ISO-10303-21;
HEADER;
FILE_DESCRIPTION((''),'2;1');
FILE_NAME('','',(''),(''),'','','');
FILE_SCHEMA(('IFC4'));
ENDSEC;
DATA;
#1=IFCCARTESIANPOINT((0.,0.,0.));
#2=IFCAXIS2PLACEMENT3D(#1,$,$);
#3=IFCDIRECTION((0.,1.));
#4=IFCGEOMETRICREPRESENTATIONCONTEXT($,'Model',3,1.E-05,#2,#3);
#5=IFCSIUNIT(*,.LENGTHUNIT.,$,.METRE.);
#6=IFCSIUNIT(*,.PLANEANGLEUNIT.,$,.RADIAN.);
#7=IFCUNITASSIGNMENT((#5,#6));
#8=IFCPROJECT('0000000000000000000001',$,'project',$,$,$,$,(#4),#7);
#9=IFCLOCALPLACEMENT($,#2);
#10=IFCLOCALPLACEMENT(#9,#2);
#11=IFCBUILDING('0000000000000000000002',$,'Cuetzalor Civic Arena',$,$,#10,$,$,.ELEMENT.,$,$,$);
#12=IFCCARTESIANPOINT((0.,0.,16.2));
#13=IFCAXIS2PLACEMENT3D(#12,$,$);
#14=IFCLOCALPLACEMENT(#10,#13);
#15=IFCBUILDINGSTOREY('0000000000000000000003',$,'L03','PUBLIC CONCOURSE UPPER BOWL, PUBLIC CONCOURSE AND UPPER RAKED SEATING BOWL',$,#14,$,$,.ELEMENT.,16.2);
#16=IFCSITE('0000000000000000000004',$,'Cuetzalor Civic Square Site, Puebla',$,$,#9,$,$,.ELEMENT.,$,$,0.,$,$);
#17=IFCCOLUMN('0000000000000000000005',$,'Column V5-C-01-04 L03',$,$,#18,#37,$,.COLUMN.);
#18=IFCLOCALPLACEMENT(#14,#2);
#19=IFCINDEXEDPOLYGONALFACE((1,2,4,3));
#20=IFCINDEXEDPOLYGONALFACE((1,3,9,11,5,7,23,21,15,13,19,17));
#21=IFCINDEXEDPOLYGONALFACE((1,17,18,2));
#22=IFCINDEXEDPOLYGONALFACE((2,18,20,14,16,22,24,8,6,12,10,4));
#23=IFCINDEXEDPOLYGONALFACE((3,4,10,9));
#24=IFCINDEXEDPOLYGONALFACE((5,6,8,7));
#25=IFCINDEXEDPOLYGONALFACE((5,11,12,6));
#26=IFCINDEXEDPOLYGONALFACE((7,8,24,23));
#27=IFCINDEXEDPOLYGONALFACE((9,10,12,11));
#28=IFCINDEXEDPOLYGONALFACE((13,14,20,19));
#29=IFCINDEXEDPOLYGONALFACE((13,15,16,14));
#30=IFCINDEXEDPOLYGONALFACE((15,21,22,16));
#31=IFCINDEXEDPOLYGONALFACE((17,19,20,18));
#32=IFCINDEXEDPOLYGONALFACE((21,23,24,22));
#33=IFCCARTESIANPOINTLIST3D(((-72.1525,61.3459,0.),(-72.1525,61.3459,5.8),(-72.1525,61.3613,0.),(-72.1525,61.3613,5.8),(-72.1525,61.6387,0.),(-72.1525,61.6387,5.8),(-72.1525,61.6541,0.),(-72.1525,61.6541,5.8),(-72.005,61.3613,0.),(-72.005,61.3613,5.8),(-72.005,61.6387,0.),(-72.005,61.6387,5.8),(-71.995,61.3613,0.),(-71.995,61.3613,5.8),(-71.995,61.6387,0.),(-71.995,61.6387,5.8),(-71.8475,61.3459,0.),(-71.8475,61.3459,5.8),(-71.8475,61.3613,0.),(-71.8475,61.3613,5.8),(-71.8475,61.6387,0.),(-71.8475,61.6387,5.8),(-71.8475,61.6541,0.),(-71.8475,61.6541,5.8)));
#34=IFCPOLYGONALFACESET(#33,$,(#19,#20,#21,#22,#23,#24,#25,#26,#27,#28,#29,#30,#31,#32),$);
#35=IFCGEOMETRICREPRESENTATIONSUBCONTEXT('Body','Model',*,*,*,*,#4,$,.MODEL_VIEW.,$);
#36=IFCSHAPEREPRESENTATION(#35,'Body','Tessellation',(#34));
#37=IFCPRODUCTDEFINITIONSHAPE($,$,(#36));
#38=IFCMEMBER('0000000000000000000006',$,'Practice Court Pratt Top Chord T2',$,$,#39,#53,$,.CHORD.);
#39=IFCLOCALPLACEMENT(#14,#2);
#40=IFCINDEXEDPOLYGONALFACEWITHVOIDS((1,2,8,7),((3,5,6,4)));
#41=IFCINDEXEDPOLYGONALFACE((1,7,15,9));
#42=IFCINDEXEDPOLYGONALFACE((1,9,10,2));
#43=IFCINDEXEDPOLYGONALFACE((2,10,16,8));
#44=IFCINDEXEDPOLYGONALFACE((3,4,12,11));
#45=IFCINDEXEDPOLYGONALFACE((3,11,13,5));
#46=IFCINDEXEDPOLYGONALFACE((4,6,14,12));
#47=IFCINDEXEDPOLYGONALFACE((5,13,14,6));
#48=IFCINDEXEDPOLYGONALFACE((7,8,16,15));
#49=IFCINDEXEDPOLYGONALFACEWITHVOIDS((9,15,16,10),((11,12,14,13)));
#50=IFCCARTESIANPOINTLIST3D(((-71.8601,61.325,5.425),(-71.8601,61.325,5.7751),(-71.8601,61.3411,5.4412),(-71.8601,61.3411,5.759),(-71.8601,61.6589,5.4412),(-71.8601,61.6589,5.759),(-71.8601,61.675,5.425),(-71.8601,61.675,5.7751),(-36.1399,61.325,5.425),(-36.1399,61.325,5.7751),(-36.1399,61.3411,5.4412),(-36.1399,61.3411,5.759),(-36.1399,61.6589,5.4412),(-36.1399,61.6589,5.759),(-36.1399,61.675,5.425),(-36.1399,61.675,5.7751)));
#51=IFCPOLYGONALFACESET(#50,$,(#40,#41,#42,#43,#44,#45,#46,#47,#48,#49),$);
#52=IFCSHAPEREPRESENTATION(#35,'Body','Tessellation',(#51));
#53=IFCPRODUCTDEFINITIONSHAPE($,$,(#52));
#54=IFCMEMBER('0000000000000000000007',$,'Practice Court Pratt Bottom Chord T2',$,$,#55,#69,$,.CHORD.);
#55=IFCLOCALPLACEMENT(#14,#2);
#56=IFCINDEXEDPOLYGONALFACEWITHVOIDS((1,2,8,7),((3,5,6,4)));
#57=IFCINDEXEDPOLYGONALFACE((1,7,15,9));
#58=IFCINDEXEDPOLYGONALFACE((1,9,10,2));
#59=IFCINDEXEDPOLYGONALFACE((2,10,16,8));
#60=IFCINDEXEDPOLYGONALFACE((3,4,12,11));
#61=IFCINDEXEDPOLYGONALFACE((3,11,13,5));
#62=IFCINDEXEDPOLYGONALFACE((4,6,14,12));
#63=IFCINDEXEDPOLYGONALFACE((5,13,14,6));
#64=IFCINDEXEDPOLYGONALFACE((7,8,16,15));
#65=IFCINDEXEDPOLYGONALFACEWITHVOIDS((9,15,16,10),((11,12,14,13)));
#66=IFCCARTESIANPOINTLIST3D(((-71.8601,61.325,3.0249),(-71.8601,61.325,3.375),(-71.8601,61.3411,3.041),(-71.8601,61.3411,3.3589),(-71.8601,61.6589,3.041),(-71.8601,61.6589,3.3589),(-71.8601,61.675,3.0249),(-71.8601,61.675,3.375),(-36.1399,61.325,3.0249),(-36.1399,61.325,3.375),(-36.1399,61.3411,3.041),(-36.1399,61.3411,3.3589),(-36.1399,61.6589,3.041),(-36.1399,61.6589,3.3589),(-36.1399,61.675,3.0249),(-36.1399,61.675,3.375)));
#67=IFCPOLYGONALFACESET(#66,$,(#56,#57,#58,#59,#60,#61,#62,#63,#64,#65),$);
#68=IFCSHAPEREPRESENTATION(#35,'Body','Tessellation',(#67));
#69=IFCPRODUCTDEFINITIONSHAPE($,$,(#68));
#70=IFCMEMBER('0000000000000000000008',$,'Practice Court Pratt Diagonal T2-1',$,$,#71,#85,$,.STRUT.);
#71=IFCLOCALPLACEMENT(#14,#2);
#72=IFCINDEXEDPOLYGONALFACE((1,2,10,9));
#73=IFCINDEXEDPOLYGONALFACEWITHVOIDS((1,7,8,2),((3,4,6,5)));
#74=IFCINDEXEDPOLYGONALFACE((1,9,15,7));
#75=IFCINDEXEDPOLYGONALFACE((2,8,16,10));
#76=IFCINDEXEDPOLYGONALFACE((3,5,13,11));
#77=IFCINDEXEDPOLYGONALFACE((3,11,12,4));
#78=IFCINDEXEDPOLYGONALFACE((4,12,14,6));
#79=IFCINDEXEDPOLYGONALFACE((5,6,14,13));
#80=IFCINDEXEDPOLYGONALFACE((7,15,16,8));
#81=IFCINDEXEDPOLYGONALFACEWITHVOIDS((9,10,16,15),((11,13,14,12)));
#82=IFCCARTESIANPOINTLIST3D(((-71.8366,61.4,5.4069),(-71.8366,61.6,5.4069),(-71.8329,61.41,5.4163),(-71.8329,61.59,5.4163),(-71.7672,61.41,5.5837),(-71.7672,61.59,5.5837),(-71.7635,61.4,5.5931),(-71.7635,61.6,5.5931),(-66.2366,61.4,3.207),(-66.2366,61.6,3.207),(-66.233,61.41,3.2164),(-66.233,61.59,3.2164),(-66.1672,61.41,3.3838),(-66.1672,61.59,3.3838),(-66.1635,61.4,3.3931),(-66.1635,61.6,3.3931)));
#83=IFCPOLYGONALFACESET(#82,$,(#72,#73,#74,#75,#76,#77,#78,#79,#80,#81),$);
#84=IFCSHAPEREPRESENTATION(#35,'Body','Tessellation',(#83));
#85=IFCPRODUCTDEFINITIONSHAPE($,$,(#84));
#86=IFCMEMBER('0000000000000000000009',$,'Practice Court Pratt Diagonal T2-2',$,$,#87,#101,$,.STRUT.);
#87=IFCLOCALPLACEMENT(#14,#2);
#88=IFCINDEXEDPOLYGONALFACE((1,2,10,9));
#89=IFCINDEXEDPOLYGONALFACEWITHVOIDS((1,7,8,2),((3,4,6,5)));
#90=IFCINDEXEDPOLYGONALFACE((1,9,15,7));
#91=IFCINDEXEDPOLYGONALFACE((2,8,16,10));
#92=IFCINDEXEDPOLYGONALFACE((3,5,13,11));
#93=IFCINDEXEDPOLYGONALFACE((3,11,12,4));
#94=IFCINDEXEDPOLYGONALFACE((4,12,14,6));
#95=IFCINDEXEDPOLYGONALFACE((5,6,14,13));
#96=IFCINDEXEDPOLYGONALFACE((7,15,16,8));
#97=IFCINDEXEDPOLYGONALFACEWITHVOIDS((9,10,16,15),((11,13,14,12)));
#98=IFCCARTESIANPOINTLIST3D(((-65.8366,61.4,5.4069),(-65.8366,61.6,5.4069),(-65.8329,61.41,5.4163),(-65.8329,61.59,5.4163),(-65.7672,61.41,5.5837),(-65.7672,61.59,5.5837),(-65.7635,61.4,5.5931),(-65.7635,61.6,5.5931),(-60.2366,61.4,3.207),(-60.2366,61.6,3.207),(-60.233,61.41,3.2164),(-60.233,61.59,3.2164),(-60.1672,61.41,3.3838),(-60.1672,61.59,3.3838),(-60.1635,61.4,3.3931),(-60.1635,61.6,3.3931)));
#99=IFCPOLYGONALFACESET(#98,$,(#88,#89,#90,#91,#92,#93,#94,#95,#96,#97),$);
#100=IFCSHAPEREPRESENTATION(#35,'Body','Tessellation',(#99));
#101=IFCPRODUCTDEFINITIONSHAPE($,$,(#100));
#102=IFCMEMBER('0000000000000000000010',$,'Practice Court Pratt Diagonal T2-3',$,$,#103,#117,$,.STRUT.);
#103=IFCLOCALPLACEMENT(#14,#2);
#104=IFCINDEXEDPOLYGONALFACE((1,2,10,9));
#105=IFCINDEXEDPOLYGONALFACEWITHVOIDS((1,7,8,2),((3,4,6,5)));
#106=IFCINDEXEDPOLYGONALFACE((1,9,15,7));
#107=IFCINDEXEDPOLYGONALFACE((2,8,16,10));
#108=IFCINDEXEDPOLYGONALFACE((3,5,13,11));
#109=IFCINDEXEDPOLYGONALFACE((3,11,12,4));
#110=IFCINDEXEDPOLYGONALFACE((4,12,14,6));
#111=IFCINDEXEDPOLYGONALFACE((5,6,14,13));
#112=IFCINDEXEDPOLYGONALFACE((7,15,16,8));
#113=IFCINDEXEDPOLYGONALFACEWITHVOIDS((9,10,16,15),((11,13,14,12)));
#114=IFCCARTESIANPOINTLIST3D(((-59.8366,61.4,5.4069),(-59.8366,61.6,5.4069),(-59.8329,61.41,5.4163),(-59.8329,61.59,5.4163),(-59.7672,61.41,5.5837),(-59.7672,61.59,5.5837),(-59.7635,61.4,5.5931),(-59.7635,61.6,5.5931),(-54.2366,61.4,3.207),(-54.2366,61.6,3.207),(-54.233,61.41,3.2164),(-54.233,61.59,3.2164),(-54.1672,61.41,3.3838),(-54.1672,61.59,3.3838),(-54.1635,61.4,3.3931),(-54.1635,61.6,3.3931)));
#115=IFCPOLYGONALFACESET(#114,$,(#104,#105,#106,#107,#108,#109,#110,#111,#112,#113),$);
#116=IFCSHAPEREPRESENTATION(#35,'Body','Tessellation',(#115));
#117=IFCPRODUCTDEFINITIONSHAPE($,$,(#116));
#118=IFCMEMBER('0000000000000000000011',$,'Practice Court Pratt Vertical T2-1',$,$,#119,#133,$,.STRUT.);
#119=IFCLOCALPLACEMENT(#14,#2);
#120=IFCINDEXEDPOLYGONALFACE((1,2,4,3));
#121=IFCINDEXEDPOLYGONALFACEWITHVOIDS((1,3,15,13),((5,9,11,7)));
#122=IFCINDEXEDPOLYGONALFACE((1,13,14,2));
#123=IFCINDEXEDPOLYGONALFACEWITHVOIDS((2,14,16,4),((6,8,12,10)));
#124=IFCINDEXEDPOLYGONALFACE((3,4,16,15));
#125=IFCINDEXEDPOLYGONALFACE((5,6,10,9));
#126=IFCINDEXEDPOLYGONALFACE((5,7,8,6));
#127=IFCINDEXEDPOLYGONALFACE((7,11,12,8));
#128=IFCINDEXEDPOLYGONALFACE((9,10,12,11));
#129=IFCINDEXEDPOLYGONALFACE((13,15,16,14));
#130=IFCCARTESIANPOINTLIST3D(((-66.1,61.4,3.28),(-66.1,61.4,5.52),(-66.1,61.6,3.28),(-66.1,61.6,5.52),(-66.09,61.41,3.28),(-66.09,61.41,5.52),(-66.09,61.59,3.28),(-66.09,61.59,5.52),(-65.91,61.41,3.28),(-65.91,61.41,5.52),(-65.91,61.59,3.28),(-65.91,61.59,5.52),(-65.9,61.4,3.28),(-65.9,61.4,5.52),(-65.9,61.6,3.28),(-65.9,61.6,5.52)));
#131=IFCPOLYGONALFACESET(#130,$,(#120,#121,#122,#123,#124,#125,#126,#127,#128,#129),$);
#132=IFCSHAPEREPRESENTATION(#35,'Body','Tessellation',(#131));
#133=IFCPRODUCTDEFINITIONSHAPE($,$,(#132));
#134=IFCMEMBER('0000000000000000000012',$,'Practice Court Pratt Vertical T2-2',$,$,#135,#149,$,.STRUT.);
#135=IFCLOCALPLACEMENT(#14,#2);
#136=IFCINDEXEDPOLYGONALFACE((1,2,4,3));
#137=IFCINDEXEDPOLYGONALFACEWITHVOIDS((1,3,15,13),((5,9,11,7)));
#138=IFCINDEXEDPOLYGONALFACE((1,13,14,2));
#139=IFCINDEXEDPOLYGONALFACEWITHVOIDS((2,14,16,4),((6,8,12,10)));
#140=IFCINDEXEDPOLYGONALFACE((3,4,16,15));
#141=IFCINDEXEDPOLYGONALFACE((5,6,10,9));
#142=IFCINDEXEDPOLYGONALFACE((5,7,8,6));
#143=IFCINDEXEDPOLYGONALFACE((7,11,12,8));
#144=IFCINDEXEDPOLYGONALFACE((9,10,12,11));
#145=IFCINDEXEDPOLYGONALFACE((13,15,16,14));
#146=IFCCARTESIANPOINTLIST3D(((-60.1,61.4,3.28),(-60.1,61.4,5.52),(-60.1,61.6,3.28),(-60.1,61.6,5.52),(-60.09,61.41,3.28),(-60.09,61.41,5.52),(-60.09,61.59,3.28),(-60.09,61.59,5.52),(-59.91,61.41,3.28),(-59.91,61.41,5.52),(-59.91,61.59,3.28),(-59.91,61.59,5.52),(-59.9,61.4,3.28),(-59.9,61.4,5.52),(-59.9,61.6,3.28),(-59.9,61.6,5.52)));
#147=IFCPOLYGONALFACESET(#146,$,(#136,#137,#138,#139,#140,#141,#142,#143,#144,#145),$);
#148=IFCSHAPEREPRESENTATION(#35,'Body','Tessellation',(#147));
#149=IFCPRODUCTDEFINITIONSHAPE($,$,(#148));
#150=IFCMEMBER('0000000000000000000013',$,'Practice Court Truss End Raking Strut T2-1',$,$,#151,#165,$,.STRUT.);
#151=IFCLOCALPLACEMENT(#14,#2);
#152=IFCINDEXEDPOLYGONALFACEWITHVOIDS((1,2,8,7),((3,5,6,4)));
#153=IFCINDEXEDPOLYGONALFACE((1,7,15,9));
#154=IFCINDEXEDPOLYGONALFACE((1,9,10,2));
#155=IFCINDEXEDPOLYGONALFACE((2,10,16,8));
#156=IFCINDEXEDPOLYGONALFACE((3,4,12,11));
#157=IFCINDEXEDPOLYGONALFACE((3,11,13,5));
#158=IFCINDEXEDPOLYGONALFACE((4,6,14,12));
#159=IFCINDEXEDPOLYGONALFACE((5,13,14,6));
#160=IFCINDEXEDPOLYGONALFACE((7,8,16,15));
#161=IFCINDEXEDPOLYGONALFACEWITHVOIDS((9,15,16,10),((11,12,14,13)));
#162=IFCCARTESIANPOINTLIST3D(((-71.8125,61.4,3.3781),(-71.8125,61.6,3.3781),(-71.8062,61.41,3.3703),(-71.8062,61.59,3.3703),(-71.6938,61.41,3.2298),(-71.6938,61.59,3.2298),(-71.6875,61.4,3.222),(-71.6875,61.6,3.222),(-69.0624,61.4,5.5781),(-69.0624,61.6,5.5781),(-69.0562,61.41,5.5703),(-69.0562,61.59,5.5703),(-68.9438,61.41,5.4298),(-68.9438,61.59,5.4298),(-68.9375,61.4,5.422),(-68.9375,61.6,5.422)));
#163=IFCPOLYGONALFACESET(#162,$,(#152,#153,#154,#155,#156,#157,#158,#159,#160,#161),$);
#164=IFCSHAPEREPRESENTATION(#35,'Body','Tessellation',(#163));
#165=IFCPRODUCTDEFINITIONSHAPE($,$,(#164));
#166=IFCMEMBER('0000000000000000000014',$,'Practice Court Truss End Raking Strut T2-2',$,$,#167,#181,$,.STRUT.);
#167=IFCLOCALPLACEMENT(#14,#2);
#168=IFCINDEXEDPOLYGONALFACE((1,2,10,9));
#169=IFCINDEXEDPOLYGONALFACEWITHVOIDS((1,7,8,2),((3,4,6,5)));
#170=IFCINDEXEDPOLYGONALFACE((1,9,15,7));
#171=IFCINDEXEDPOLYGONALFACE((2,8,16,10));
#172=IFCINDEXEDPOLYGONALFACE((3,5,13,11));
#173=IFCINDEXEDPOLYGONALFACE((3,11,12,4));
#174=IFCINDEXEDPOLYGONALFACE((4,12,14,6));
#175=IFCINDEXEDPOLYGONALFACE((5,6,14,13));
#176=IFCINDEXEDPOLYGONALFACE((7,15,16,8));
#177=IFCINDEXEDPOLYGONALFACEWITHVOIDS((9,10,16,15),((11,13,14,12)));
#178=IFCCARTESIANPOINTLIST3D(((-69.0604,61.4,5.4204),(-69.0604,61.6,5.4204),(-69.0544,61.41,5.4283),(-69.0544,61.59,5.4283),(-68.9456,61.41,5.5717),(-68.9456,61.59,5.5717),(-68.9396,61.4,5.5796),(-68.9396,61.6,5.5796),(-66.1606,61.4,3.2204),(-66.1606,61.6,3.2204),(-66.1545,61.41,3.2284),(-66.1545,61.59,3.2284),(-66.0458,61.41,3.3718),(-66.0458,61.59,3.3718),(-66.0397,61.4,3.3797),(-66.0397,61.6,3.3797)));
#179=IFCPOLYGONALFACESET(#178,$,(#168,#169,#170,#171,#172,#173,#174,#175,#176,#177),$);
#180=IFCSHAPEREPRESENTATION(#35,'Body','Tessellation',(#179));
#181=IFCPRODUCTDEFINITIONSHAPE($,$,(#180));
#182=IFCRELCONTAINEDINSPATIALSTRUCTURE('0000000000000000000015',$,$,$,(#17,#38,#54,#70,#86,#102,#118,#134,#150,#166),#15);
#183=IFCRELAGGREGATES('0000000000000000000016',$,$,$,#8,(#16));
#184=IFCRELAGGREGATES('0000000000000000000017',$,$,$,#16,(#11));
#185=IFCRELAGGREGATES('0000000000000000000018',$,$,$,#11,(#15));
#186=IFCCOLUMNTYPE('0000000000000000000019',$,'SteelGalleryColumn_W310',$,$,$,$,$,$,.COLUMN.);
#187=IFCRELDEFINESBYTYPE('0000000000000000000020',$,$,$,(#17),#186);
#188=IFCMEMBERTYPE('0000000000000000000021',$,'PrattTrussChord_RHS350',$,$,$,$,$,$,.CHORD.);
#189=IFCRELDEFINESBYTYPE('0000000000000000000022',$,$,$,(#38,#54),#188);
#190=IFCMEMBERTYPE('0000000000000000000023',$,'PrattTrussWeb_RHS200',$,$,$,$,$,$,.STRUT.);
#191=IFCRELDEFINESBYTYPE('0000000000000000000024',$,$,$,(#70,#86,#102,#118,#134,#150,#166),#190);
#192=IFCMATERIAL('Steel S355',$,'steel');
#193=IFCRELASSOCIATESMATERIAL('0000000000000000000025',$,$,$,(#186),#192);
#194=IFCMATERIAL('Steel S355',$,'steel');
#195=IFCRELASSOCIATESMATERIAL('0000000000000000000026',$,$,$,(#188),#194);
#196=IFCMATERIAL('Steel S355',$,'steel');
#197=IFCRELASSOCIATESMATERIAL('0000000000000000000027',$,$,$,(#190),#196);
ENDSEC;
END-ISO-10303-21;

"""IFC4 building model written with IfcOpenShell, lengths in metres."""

from ifc_helpers import new_model, si_unit, direction, frame, origin, origin_2d, place, context, subcontext, project, spatial, hollow_rectangle, i_section, extrude, material, material_profile, profile_set, type_object, element, save


model = new_model("IFC4")

# Units and contexts
model_context = context("Model", 3, precision=1e-05, world=origin(), true_north=direction((0.0, 1.0)))
body_context = subcontext(model_context, "Body", "Model", "MODEL_VIEW")
ifc_project = project(units=[si_unit("LENGTHUNIT", "METRE"), si_unit("PLANEANGLEUNIT", "RADIAN")], contexts=[model_context])

# Site, building, storey
site_placement = place(None, origin())
site = spatial("IfcSite", under=ifc_project, at=site_placement, Name="Cuetzalor Civic Square Site, Puebla", CompositionType="ELEMENT", RefElevation=0.0)
building_placement = place(site_placement, origin())
building = spatial("IfcBuilding", under=site, at=building_placement, Name="Cuetzalor Civic Arena", CompositionType="ELEMENT")
storey_placement = place(building_placement, frame((0.0, 0.0, 16.2)))
storey = spatial("IfcBuildingStorey", under=building, at=storey_placement, Name="L03", Description="PUBLIC CONCOURSE UPPER BOWL, PUBLIC CONCOURSE AND UPPER RAKED SEATING BOWL", CompositionType="ELEMENT", Elevation=16.2)

# Column
ifc_material_1 = material(Name="Steel S355", Category="steel")
ifc_material_profile_1 = material_profile(ifc_material_1, i_section(OverallWidth=0.3049, OverallDepth=0.3081, WebThickness=0.01, FlangeThickness=0.0154, at=origin_2d()), Name="W310x97")
ifc_profile_set_1 = profile_set([ifc_material_profile_1], Name="Steel S355")
column_type = type_object("IfcColumnType", Name="SteelGalleryColumn_W310", PredefinedType="COLUMN", material=ifc_profile_set_1)
column_placement = place(storey_placement, frame((-72.0, 61.5, 0.0), z_axis=(0.0, 0.0, 1.0), x_axis=(1.0, 0.0, 0.0)))
element("IfcColumn", 1, at=column_placement, inside=storey, type_object=column_type, Name="Column V5-C-01-04 L03", PredefinedType="COLUMN", context=body_context, shape_type="SweptSolid", body=[
    extrude(i_section(OverallWidth=0.3049, OverallDepth=0.3081, WebThickness=0.01, FlangeThickness=0.0154, at=origin_2d()), origin(), (0.0, 0.0, 1.0), 5.8),
])

# Members
ifc_material_2 = material(Name="Steel S355", Category="steel")
ifc_material_profile_2 = material_profile(ifc_material_2, hollow_rectangle(XDim=0.3501, YDim=0.3501, WallThickness=0.0161, at=origin_2d()), Name="RHS 350x350x16")
ifc_profile_set_2 = profile_set([ifc_material_profile_2], Name="Steel S355")
member_type_1 = type_object("IfcMemberType", Name="PrattTrussChord_RHS350", PredefinedType="CHORD", material=ifc_profile_set_2)
for number, where, z_axis, x_axis, name in (
    (2, (-71.8601, 61.5, 5.6001), (1.0, 0.0, 0.0), (0.0, 1.0, 0.0), "Practice Court Pratt Top Chord T2"),
    (3, (-71.8601, 61.5, 3.2), (1.0, 0.0, 0.0), (0.0, 1.0, 0.0), "Practice Court Pratt Bottom Chord T2"),
):
    element("IfcMember", number, at=place(storey_placement, frame(where, z_axis=z_axis, x_axis=x_axis)), inside=storey, type_object=member_type_1, Name=name, PredefinedType="CHORD", context=body_context, shape_type="SweptSolid", body=[
        extrude(hollow_rectangle(XDim=0.3501, YDim=0.3501, WallThickness=0.0161, at=origin_2d()), origin(), (0.0, 0.0, 1.0), 35.7202),
    ])
ifc_material_3 = material(Name="Steel S355", Category="steel")
ifc_material_profile_3 = material_profile(ifc_material_3, hollow_rectangle(XDim=0.2, YDim=0.2, WallThickness=0.01, at=origin_2d()), Name="RHS 200x200x10")
ifc_profile_set_3 = profile_set([ifc_material_profile_3], Name="Steel S355")
member_type_2 = type_object("IfcMemberType", Name="PrattTrussWeb_RHS200", PredefinedType="STRUT", material=ifc_profile_set_3)
for number, where, z_axis, x_axis, name in (
    (4, (-71.8, 61.5, 5.5), (0.930756, 0.0, -0.36564), (0.0, 1.0, 0.0), "Practice Court Pratt Diagonal T2-1"),
    (5, (-65.8, 61.5, 5.5), (0.930756, 0.0, -0.36564), (0.0, 1.0, 0.0), "Practice Court Pratt Diagonal T2-2"),
    (6, (-59.8, 61.5, 5.5), (0.930756, 0.0, -0.36564), (0.0, 1.0, 0.0), "Practice Court Pratt Diagonal T2-3"),
):
    element("IfcMember", number, at=place(storey_placement, frame(where, z_axis=z_axis, x_axis=x_axis)), inside=storey, type_object=member_type_2, Name=name, PredefinedType="STRUT", context=body_context, shape_type="SweptSolid", body=[
        extrude(hollow_rectangle(XDim=0.2, YDim=0.2, WallThickness=0.01, at=origin_2d()), origin(), (0.0, 0.0, 1.0), 6.0166),
    ])
for number, where, z_axis, x_axis, name in (
    (7, (-66.0, 61.5, 3.28), (0.0, 0.0, 1.0), (1.0, 0.0, 0.0), "Practice Court Pratt Vertical T2-1"),
    (8, (-60.0, 61.5, 3.28), (0.0, 0.0, 1.0), (1.0, 0.0, 0.0), "Practice Court Pratt Vertical T2-2"),
):
    element("IfcMember", number, at=place(storey_placement, frame(where, z_axis=z_axis, x_axis=x_axis)), inside=storey, type_object=member_type_2, Name=name, PredefinedType="STRUT", context=body_context, shape_type="SweptSolid", body=[
        extrude(hollow_rectangle(XDim=0.2, YDim=0.2, WallThickness=0.01, at=origin_2d()), origin(), (0.0, 0.0, 1.0), 2.24),
    ])
member_1_placement = place(storey_placement, frame((-71.75, 61.5, 3.3), z_axis=(0.780876, 0.0, 0.624687), x_axis=(0.0, 1.0, 0.0)))
element("IfcMember", 9, at=member_1_placement, inside=storey, type_object=member_type_2, Name="Practice Court Truss End Raking Strut T2-1", PredefinedType="STRUT", context=body_context, shape_type="SweptSolid", body=[
    extrude(hollow_rectangle(XDim=0.2, YDim=0.2, WallThickness=0.01, at=origin_2d()), origin(), (0.0, 0.0, 1.0), 3.5217),
])
member_2_placement = place(storey_placement, frame((-69.0, 61.5, 5.5), z_axis=(0.796688, 0.0, -0.604391), x_axis=(0.0, 1.0, 0.0)))
element("IfcMember", 10, at=member_2_placement, inside=storey, type_object=member_type_2, Name="Practice Court Truss End Raking Strut T2-2", PredefinedType="STRUT", context=body_context, shape_type="SweptSolid", body=[
    extrude(hollow_rectangle(XDim=0.2, YDim=0.2, WallThickness=0.01, at=origin_2d()), origin(), (0.0, 0.0, 1.0), 3.6399),
])

save(model, "model.ifc")
